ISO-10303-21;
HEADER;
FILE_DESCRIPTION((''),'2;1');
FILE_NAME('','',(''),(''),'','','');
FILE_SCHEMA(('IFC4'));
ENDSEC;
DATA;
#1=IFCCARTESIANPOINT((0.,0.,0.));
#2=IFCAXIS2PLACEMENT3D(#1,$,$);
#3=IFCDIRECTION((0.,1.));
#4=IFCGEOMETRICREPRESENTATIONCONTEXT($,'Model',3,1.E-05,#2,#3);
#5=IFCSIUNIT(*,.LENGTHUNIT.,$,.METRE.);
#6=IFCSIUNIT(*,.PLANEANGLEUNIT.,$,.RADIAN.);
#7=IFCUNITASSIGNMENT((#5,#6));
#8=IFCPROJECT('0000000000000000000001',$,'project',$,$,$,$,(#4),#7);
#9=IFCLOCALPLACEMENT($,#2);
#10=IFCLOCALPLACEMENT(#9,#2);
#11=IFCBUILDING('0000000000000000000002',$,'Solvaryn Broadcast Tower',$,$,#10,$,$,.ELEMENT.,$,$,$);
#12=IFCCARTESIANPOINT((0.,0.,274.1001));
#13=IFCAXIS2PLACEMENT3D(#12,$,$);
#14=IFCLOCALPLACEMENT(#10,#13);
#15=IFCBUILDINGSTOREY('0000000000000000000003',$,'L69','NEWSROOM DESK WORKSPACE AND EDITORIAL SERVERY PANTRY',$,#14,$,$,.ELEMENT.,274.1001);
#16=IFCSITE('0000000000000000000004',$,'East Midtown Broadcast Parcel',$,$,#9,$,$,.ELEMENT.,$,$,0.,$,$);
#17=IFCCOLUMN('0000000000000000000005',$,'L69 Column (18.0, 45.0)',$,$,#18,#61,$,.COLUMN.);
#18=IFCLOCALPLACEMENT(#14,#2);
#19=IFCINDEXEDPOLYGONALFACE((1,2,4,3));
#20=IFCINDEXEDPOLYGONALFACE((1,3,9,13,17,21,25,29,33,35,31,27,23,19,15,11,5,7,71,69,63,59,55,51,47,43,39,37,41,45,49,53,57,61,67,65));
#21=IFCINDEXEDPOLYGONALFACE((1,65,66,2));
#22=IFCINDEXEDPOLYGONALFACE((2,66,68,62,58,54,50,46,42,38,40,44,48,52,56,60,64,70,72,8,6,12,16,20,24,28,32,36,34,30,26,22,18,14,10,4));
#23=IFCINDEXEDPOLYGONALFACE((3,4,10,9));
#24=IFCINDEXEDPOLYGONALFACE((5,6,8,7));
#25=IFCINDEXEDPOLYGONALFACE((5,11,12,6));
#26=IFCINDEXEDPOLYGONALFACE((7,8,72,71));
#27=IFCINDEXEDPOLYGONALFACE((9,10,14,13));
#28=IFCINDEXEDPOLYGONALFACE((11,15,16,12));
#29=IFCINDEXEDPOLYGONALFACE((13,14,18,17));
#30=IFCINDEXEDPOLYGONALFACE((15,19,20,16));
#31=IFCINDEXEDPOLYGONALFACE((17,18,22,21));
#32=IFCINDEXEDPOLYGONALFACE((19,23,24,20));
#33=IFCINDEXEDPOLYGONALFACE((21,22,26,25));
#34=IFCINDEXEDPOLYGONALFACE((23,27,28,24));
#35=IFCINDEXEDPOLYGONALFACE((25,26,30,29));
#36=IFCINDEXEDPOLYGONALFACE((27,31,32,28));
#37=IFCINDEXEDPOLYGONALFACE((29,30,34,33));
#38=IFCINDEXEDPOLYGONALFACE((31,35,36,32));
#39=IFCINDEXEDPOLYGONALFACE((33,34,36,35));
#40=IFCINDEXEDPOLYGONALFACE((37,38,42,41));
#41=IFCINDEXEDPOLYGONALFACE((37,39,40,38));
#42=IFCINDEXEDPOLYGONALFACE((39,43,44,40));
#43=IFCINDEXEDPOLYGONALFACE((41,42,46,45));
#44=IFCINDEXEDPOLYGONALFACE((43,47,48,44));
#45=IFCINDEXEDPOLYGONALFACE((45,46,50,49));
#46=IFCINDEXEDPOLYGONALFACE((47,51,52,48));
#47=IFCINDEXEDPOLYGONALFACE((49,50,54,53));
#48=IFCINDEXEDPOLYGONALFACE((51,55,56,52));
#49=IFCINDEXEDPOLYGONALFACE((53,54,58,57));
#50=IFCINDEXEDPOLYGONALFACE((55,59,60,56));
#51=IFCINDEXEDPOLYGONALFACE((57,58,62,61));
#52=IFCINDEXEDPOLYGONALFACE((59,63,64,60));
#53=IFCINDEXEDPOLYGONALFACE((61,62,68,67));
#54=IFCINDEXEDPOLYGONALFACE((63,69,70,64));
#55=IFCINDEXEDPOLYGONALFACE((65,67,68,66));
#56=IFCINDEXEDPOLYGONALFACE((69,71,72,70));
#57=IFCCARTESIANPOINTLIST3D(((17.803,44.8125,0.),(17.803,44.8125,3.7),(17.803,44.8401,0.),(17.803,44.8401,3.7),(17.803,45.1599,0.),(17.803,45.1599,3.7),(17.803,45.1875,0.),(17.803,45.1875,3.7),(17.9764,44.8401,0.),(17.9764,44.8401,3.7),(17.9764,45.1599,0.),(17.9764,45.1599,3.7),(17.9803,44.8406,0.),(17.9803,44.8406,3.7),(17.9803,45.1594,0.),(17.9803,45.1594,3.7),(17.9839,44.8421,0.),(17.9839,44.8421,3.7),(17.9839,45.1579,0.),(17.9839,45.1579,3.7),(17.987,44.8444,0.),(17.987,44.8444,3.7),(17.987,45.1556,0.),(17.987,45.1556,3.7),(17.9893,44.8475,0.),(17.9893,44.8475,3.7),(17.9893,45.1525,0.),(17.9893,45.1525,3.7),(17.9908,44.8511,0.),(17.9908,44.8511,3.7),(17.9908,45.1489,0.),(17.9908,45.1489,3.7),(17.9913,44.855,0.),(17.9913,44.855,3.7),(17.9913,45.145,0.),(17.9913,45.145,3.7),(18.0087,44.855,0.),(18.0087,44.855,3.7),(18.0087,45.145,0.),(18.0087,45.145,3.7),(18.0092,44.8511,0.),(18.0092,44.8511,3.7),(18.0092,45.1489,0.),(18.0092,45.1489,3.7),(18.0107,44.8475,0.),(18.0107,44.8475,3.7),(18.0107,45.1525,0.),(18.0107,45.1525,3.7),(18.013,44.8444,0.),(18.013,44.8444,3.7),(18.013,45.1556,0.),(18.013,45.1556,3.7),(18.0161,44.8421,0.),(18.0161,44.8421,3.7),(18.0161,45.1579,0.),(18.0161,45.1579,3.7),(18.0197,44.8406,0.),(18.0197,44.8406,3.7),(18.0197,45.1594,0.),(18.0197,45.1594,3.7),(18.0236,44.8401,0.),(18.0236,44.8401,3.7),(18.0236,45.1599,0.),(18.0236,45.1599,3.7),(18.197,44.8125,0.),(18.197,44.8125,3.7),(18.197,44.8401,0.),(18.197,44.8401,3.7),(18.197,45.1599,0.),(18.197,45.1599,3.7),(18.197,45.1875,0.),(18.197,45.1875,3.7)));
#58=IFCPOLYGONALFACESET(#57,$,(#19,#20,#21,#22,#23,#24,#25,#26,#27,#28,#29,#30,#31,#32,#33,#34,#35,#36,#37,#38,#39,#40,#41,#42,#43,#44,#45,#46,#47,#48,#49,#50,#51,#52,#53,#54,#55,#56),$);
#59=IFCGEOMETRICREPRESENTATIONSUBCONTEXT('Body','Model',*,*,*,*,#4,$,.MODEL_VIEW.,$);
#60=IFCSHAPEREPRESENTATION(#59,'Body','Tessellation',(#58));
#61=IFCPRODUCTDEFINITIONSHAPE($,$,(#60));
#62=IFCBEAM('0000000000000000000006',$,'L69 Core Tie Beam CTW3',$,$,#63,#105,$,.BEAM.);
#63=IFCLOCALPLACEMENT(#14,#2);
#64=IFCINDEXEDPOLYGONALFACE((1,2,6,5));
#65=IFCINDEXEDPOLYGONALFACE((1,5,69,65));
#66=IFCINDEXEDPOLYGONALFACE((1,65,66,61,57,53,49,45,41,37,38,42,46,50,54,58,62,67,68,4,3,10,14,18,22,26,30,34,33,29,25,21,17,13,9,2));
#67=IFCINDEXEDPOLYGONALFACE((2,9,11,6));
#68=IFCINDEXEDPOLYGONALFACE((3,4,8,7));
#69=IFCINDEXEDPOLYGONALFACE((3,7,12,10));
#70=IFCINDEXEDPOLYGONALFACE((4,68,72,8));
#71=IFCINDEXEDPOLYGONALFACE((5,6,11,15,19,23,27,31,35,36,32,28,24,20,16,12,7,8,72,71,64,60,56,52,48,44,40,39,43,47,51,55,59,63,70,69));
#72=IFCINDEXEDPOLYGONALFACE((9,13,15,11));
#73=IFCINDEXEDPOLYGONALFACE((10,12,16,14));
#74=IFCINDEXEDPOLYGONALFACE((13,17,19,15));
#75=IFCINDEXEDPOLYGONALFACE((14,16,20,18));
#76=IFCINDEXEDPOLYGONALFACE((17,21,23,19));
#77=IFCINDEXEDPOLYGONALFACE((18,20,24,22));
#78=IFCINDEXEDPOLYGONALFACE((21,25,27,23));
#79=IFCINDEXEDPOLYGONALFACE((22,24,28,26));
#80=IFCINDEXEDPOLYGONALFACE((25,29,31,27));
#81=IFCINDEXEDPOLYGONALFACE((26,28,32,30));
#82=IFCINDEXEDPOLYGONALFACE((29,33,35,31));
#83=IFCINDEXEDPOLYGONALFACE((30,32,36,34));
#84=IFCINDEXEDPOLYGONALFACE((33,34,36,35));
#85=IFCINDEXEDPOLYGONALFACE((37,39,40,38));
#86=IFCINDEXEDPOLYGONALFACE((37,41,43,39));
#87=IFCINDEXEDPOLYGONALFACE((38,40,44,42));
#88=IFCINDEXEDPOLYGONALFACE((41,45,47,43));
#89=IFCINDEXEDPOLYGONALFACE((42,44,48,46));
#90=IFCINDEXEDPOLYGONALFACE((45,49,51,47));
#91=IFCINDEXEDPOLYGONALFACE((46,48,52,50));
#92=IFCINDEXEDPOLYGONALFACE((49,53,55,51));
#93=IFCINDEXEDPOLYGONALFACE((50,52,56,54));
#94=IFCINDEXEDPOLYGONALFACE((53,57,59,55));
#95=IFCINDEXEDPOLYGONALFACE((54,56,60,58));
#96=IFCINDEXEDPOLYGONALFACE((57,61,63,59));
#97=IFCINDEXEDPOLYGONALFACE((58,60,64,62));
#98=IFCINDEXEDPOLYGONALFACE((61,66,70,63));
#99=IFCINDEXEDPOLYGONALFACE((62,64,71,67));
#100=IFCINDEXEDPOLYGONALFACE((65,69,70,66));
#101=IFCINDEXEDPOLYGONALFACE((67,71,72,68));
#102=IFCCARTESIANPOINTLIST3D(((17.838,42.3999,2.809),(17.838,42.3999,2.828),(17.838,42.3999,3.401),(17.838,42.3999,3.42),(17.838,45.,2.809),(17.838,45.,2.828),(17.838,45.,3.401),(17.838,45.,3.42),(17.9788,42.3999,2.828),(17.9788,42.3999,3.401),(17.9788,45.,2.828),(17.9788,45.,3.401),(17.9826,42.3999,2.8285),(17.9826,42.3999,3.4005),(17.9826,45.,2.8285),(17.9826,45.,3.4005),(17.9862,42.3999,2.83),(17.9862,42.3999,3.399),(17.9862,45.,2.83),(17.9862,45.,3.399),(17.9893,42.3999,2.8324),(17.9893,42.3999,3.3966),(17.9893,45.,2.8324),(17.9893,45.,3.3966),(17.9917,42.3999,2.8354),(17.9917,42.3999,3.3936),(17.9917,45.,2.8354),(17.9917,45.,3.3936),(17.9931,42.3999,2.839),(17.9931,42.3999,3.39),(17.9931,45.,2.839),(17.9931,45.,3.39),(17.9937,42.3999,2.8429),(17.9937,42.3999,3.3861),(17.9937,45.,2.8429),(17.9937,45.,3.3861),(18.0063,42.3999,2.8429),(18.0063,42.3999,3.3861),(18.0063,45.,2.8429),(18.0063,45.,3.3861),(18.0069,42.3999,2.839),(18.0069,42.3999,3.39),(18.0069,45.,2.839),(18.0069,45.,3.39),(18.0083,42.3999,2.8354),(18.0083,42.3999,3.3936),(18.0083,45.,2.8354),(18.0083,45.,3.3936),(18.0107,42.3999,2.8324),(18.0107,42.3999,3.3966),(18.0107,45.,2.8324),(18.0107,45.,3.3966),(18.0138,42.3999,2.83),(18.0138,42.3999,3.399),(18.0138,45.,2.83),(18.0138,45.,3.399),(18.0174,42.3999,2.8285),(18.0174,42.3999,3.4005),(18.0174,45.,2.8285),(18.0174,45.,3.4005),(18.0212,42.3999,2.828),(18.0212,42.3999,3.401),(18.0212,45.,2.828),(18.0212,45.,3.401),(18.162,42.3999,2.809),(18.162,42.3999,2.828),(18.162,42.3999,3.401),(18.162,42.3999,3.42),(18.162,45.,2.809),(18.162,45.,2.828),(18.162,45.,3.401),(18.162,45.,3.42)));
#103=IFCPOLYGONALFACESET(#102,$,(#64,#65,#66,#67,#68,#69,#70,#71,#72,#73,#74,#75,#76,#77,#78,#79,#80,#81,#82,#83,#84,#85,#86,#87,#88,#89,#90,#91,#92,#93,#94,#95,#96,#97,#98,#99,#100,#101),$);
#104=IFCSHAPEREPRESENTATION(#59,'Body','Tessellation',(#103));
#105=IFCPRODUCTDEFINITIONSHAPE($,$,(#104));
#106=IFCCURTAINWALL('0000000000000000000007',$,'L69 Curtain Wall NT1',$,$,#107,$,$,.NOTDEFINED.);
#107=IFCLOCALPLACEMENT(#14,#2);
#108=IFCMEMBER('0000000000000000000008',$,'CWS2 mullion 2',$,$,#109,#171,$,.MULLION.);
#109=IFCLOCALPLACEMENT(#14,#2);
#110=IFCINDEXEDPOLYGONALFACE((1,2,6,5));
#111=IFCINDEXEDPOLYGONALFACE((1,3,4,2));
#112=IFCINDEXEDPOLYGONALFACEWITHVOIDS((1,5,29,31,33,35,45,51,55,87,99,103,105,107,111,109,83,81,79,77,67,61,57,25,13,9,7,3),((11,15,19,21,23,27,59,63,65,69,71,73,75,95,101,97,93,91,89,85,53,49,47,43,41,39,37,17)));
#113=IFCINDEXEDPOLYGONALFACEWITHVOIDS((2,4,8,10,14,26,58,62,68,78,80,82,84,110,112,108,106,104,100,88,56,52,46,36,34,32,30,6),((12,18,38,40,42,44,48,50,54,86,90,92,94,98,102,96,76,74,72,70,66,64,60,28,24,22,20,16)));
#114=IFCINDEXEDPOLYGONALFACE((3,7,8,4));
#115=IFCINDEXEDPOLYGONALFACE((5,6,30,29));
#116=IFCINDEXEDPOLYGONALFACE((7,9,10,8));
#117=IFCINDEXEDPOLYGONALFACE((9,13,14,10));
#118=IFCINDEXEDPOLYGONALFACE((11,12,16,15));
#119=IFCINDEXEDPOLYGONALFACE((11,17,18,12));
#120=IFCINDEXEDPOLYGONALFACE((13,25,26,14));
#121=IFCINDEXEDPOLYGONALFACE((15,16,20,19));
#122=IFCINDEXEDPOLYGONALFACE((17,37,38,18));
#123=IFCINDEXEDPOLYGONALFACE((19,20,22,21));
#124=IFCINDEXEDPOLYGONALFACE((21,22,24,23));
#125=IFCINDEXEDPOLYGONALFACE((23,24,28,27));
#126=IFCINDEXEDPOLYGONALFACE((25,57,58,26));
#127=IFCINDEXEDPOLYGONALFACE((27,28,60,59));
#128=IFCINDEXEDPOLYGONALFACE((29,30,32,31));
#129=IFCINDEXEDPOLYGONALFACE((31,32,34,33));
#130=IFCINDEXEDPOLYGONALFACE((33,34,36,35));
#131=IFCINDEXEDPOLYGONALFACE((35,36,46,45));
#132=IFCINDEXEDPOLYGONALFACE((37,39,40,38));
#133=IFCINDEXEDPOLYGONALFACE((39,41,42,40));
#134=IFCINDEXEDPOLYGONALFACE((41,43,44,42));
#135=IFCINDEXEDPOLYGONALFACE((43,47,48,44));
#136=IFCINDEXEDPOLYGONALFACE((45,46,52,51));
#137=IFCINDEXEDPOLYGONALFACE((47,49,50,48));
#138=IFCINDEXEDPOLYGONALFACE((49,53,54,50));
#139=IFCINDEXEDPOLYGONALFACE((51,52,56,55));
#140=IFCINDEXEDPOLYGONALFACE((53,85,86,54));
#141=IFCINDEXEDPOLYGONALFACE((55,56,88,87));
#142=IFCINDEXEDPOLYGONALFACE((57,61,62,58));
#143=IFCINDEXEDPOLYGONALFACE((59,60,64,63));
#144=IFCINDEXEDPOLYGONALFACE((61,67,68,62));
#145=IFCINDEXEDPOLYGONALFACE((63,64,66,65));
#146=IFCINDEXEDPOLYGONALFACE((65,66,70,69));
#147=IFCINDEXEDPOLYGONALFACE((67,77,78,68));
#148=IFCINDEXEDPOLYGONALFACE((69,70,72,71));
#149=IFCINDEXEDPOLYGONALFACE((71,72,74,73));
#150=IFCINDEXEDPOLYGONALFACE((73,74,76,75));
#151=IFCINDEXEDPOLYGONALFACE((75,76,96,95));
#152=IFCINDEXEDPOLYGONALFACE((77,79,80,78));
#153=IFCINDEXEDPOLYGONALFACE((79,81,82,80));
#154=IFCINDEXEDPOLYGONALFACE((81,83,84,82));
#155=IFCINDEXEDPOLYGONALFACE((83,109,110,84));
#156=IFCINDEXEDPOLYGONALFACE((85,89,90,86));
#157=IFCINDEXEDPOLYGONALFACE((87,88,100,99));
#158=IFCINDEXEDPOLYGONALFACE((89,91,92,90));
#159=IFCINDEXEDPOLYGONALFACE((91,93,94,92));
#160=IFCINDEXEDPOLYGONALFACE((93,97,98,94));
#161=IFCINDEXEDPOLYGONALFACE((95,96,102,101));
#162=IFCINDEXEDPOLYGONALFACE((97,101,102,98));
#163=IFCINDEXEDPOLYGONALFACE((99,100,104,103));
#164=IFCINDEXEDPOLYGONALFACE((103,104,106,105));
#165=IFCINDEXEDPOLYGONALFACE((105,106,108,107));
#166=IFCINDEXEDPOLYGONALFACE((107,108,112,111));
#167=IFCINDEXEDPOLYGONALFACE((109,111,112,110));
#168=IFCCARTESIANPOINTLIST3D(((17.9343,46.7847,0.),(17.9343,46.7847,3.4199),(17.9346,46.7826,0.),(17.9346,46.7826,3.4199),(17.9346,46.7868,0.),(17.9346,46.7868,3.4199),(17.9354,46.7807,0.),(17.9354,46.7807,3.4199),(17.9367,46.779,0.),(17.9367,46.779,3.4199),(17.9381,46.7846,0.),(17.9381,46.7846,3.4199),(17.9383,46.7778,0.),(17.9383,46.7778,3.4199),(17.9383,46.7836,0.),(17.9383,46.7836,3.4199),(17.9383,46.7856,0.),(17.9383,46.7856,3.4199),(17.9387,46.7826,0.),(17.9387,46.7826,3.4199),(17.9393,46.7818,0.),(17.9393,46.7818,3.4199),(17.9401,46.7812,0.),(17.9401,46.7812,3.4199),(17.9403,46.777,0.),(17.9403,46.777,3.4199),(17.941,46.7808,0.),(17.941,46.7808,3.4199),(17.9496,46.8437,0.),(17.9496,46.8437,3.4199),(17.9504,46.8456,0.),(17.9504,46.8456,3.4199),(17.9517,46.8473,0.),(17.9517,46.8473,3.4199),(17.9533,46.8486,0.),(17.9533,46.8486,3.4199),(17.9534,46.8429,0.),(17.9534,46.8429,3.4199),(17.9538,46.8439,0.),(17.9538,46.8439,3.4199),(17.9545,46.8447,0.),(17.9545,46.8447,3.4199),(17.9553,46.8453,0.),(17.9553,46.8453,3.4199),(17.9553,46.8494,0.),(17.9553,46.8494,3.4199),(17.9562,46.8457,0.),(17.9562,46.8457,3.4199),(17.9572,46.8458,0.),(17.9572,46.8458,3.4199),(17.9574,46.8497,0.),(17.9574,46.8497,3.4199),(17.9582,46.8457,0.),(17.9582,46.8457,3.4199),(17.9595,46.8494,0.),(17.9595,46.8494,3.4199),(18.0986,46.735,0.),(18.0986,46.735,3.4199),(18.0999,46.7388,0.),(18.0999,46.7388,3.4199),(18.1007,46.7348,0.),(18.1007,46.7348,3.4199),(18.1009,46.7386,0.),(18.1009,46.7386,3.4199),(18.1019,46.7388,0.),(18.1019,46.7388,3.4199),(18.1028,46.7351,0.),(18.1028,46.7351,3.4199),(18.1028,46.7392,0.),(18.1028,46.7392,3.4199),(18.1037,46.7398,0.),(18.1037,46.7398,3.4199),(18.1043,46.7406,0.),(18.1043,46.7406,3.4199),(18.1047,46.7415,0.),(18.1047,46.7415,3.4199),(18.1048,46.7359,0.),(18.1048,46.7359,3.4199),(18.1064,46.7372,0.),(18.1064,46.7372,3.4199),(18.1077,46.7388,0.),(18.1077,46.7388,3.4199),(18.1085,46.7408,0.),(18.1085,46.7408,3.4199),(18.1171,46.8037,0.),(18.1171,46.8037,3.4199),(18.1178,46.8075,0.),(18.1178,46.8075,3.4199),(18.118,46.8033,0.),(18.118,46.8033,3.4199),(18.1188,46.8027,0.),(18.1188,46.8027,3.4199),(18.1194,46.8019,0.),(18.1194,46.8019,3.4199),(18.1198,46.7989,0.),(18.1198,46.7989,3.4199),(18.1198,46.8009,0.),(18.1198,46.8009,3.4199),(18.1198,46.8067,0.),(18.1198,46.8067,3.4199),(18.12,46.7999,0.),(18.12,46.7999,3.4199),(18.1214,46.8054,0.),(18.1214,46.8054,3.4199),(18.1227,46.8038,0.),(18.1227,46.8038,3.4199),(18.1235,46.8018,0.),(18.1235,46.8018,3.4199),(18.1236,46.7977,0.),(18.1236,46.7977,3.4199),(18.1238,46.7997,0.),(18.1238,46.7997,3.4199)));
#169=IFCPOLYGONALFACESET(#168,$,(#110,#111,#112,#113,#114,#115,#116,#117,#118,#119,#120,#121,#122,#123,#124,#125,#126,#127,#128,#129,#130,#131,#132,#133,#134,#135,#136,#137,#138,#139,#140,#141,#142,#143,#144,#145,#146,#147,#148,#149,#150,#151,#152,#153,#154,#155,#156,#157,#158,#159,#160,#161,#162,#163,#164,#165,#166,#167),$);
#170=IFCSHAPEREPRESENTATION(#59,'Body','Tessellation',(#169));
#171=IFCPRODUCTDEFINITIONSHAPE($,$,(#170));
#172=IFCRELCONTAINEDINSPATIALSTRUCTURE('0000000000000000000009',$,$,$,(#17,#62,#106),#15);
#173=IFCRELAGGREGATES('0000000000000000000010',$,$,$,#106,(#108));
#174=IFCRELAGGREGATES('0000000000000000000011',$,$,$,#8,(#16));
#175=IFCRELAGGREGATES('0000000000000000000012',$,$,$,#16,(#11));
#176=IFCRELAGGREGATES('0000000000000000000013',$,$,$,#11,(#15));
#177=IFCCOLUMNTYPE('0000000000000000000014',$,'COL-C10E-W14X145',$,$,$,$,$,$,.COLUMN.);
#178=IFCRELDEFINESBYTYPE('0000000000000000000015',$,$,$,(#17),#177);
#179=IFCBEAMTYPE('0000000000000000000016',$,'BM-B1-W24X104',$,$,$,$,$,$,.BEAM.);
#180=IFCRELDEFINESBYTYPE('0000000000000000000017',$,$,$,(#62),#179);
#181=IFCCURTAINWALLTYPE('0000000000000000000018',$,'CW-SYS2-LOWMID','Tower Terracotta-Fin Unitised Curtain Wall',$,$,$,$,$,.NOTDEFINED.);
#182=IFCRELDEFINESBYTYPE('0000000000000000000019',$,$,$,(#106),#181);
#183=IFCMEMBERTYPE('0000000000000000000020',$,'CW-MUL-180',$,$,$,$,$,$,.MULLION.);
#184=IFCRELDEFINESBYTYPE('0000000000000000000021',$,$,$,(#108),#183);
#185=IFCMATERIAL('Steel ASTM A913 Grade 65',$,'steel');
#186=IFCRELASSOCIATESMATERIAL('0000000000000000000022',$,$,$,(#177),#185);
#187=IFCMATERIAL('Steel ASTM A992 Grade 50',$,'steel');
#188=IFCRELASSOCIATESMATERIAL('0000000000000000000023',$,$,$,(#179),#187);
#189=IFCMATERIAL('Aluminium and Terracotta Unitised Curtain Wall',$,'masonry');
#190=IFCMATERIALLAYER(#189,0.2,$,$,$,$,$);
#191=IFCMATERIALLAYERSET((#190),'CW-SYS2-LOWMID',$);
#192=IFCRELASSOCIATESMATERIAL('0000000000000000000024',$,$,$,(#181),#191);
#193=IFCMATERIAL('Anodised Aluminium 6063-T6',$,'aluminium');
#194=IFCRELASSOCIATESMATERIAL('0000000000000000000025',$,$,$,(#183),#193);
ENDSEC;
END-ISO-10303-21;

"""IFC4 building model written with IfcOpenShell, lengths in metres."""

from ifc_helpers import new_model, si_unit, direction, frame, origin, origin_2d, place, context, subcontext, project, spatial, hollow_rectangle, i_section, extrude, material, layer, layer_set, material_profile, profile_set, type_object, element, aggregate, save


model = new_model("IFC4")

# Units and contexts
model_context = context("Model", 3, precision=1e-05, world=origin(), true_north=direction((0.0, 1.0)))
body_context = subcontext(model_context, "Body", "Model", "MODEL_VIEW")
ifc_project = project(units=[si_unit("LENGTHUNIT", "METRE"), si_unit("PLANEANGLEUNIT", "RADIAN")], contexts=[model_context])

# Site, building, storey
site_placement = place(None, origin())
site = spatial("IfcSite", under=ifc_project, at=site_placement, Name="East Midtown Broadcast Parcel", CompositionType="ELEMENT", RefElevation=0.0)
building_placement = place(site_placement, origin())
building = spatial("IfcBuilding", under=site, at=building_placement, Name="Solvaryn Broadcast Tower", CompositionType="ELEMENT")
storey_placement = place(building_placement, frame((0.0, 0.0, 274.1001)))
storey = spatial("IfcBuildingStorey", under=building, at=storey_placement, Name="L69", Description="NEWSROOM DESK WORKSPACE AND EDITORIAL SERVERY PANTRY", CompositionType="ELEMENT", Elevation=274.1001)

# Column
ifc_material_1 = material(Name="Steel ASTM A913 Grade 65", Category="steel")
ifc_material_profile_1 = material_profile(ifc_material_1, i_section(OverallWidth=0.394, OverallDepth=0.375, WebThickness=0.0173, FlangeThickness=0.0276, FilletRadius=0.0149, at=origin_2d()))
ifc_profile_set_1 = profile_set([ifc_material_profile_1], Name="Steel ASTM A913 Grade 65")
column_type = type_object("IfcColumnType", Name="COL-C10E-W14X145", PredefinedType="COLUMN", material=ifc_profile_set_1)
column_placement = place(storey_placement, frame((18.0, 45.0, 0.0), z_axis=(0.0, 0.0, 1.0), x_axis=(1.0, 0.0, 0.0)))
element("IfcColumn", 1, at=column_placement, inside=storey, type_object=column_type, Name="L69 Column (18.0, 45.0)", PredefinedType="COLUMN", context=body_context, shape_type="SweptSolid", body=[
    extrude(i_section(OverallWidth=0.394, OverallDepth=0.375, WebThickness=0.0173, FlangeThickness=0.0276, FilletRadius=0.0149, at=origin_2d()), origin(), (0.0, 0.0, 1.0), 3.7),
])

# Beam
ifc_material_2 = material(Name="Steel ASTM A992 Grade 50", Category="steel")
ifc_material_profile_2 = material_profile(ifc_material_2, i_section(OverallWidth=0.324, OverallDepth=0.6111, WebThickness=0.0127, FlangeThickness=0.019, FilletRadius=0.0149, at=origin_2d()))
ifc_profile_set_2 = profile_set([ifc_material_profile_2], Name="Steel ASTM A992 Grade 50")
beam_type = type_object("IfcBeamType", Name="BM-B1-W24X104", PredefinedType="BEAM", material=ifc_profile_set_2)
beam_placement = place(storey_placement, frame((18.0, 42.3999, 3.1145), z_axis=(0.0, 1.0, 0.0), x_axis=(-1.0, 0.0, 0.0)))
element("IfcBeam", 2, at=beam_placement, inside=storey, type_object=beam_type, Name="L69 Core Tie Beam CTW3", PredefinedType="BEAM", context=body_context, shape_type="SweptSolid", body=[
    extrude(i_section(OverallWidth=0.324, OverallDepth=0.6111, WebThickness=0.0127, FlangeThickness=0.019, FilletRadius=0.0149, at=origin_2d()), origin(), (0.0, 0.0, 1.0), 2.6001),
])

# Curtain wall, member
ifc_material_3 = material(Name="Aluminium and Terracotta Unitised Curtain Wall", Category="masonry")
ifc_layer_1 = layer(ifc_material_3, 0.2)
ifc_layer_set_1 = layer_set([ifc_layer_1], Name="CW-SYS2-LOWMID")
curtain_wall_type = type_object("IfcCurtainWallType", Name="CW-SYS2-LOWMID", Description="Tower Terracotta-Fin Unitised Curtain Wall", PredefinedType="NOTDEFINED", material=ifc_layer_set_1)
curtain_wall_1_placement = place(storey_placement, origin())
curtain_wall_1 = element("IfcCurtainWall", 3, at=curtain_wall_1_placement, inside=storey, type_object=curtain_wall_type, Name="L69 Curtain Wall NT1", PredefinedType="NOTDEFINED")
ifc_material_4 = material(Name="Anodised Aluminium 6063-T6", Category="aluminium")
ifc_material_profile_3 = material_profile(ifc_material_4, hollow_rectangle(XDim=0.075, YDim=0.1799, WallThickness=0.0039, InnerFilletRadius=0.0039, OuterFilletRadius=0.0081, at=origin_2d()))
ifc_profile_set_3 = profile_set([ifc_material_profile_3], Name="Anodised Aluminium 6063-T6")
member_type_1 = type_object("IfcMemberType", Name="CW-MUL-180", PredefinedType="MULLION", material=ifc_profile_set_3)
member_1_placement = place(storey_placement, frame((18.0291, 46.7922, 0.0), z_axis=(0.0, 0.0, 1.0), x_axis=(-0.255893, -0.966705, 0.0)))
member_1 = element("IfcMember", 4, at=member_1_placement, type_object=member_type_1, Name="CWS2 mullion 2", PredefinedType="MULLION", context=body_context, shape_type="SweptSolid", body=[
    extrude(hollow_rectangle(XDim=0.075, YDim=0.1799, WallThickness=0.0039, InnerFilletRadius=0.0039, OuterFilletRadius=0.0081, at=origin_2d()), origin(), (0.0, 0.0, 1.0), 3.4199),
])

aggregate(curtain_wall_1, [member_1])

save(model, "model.ifc")
